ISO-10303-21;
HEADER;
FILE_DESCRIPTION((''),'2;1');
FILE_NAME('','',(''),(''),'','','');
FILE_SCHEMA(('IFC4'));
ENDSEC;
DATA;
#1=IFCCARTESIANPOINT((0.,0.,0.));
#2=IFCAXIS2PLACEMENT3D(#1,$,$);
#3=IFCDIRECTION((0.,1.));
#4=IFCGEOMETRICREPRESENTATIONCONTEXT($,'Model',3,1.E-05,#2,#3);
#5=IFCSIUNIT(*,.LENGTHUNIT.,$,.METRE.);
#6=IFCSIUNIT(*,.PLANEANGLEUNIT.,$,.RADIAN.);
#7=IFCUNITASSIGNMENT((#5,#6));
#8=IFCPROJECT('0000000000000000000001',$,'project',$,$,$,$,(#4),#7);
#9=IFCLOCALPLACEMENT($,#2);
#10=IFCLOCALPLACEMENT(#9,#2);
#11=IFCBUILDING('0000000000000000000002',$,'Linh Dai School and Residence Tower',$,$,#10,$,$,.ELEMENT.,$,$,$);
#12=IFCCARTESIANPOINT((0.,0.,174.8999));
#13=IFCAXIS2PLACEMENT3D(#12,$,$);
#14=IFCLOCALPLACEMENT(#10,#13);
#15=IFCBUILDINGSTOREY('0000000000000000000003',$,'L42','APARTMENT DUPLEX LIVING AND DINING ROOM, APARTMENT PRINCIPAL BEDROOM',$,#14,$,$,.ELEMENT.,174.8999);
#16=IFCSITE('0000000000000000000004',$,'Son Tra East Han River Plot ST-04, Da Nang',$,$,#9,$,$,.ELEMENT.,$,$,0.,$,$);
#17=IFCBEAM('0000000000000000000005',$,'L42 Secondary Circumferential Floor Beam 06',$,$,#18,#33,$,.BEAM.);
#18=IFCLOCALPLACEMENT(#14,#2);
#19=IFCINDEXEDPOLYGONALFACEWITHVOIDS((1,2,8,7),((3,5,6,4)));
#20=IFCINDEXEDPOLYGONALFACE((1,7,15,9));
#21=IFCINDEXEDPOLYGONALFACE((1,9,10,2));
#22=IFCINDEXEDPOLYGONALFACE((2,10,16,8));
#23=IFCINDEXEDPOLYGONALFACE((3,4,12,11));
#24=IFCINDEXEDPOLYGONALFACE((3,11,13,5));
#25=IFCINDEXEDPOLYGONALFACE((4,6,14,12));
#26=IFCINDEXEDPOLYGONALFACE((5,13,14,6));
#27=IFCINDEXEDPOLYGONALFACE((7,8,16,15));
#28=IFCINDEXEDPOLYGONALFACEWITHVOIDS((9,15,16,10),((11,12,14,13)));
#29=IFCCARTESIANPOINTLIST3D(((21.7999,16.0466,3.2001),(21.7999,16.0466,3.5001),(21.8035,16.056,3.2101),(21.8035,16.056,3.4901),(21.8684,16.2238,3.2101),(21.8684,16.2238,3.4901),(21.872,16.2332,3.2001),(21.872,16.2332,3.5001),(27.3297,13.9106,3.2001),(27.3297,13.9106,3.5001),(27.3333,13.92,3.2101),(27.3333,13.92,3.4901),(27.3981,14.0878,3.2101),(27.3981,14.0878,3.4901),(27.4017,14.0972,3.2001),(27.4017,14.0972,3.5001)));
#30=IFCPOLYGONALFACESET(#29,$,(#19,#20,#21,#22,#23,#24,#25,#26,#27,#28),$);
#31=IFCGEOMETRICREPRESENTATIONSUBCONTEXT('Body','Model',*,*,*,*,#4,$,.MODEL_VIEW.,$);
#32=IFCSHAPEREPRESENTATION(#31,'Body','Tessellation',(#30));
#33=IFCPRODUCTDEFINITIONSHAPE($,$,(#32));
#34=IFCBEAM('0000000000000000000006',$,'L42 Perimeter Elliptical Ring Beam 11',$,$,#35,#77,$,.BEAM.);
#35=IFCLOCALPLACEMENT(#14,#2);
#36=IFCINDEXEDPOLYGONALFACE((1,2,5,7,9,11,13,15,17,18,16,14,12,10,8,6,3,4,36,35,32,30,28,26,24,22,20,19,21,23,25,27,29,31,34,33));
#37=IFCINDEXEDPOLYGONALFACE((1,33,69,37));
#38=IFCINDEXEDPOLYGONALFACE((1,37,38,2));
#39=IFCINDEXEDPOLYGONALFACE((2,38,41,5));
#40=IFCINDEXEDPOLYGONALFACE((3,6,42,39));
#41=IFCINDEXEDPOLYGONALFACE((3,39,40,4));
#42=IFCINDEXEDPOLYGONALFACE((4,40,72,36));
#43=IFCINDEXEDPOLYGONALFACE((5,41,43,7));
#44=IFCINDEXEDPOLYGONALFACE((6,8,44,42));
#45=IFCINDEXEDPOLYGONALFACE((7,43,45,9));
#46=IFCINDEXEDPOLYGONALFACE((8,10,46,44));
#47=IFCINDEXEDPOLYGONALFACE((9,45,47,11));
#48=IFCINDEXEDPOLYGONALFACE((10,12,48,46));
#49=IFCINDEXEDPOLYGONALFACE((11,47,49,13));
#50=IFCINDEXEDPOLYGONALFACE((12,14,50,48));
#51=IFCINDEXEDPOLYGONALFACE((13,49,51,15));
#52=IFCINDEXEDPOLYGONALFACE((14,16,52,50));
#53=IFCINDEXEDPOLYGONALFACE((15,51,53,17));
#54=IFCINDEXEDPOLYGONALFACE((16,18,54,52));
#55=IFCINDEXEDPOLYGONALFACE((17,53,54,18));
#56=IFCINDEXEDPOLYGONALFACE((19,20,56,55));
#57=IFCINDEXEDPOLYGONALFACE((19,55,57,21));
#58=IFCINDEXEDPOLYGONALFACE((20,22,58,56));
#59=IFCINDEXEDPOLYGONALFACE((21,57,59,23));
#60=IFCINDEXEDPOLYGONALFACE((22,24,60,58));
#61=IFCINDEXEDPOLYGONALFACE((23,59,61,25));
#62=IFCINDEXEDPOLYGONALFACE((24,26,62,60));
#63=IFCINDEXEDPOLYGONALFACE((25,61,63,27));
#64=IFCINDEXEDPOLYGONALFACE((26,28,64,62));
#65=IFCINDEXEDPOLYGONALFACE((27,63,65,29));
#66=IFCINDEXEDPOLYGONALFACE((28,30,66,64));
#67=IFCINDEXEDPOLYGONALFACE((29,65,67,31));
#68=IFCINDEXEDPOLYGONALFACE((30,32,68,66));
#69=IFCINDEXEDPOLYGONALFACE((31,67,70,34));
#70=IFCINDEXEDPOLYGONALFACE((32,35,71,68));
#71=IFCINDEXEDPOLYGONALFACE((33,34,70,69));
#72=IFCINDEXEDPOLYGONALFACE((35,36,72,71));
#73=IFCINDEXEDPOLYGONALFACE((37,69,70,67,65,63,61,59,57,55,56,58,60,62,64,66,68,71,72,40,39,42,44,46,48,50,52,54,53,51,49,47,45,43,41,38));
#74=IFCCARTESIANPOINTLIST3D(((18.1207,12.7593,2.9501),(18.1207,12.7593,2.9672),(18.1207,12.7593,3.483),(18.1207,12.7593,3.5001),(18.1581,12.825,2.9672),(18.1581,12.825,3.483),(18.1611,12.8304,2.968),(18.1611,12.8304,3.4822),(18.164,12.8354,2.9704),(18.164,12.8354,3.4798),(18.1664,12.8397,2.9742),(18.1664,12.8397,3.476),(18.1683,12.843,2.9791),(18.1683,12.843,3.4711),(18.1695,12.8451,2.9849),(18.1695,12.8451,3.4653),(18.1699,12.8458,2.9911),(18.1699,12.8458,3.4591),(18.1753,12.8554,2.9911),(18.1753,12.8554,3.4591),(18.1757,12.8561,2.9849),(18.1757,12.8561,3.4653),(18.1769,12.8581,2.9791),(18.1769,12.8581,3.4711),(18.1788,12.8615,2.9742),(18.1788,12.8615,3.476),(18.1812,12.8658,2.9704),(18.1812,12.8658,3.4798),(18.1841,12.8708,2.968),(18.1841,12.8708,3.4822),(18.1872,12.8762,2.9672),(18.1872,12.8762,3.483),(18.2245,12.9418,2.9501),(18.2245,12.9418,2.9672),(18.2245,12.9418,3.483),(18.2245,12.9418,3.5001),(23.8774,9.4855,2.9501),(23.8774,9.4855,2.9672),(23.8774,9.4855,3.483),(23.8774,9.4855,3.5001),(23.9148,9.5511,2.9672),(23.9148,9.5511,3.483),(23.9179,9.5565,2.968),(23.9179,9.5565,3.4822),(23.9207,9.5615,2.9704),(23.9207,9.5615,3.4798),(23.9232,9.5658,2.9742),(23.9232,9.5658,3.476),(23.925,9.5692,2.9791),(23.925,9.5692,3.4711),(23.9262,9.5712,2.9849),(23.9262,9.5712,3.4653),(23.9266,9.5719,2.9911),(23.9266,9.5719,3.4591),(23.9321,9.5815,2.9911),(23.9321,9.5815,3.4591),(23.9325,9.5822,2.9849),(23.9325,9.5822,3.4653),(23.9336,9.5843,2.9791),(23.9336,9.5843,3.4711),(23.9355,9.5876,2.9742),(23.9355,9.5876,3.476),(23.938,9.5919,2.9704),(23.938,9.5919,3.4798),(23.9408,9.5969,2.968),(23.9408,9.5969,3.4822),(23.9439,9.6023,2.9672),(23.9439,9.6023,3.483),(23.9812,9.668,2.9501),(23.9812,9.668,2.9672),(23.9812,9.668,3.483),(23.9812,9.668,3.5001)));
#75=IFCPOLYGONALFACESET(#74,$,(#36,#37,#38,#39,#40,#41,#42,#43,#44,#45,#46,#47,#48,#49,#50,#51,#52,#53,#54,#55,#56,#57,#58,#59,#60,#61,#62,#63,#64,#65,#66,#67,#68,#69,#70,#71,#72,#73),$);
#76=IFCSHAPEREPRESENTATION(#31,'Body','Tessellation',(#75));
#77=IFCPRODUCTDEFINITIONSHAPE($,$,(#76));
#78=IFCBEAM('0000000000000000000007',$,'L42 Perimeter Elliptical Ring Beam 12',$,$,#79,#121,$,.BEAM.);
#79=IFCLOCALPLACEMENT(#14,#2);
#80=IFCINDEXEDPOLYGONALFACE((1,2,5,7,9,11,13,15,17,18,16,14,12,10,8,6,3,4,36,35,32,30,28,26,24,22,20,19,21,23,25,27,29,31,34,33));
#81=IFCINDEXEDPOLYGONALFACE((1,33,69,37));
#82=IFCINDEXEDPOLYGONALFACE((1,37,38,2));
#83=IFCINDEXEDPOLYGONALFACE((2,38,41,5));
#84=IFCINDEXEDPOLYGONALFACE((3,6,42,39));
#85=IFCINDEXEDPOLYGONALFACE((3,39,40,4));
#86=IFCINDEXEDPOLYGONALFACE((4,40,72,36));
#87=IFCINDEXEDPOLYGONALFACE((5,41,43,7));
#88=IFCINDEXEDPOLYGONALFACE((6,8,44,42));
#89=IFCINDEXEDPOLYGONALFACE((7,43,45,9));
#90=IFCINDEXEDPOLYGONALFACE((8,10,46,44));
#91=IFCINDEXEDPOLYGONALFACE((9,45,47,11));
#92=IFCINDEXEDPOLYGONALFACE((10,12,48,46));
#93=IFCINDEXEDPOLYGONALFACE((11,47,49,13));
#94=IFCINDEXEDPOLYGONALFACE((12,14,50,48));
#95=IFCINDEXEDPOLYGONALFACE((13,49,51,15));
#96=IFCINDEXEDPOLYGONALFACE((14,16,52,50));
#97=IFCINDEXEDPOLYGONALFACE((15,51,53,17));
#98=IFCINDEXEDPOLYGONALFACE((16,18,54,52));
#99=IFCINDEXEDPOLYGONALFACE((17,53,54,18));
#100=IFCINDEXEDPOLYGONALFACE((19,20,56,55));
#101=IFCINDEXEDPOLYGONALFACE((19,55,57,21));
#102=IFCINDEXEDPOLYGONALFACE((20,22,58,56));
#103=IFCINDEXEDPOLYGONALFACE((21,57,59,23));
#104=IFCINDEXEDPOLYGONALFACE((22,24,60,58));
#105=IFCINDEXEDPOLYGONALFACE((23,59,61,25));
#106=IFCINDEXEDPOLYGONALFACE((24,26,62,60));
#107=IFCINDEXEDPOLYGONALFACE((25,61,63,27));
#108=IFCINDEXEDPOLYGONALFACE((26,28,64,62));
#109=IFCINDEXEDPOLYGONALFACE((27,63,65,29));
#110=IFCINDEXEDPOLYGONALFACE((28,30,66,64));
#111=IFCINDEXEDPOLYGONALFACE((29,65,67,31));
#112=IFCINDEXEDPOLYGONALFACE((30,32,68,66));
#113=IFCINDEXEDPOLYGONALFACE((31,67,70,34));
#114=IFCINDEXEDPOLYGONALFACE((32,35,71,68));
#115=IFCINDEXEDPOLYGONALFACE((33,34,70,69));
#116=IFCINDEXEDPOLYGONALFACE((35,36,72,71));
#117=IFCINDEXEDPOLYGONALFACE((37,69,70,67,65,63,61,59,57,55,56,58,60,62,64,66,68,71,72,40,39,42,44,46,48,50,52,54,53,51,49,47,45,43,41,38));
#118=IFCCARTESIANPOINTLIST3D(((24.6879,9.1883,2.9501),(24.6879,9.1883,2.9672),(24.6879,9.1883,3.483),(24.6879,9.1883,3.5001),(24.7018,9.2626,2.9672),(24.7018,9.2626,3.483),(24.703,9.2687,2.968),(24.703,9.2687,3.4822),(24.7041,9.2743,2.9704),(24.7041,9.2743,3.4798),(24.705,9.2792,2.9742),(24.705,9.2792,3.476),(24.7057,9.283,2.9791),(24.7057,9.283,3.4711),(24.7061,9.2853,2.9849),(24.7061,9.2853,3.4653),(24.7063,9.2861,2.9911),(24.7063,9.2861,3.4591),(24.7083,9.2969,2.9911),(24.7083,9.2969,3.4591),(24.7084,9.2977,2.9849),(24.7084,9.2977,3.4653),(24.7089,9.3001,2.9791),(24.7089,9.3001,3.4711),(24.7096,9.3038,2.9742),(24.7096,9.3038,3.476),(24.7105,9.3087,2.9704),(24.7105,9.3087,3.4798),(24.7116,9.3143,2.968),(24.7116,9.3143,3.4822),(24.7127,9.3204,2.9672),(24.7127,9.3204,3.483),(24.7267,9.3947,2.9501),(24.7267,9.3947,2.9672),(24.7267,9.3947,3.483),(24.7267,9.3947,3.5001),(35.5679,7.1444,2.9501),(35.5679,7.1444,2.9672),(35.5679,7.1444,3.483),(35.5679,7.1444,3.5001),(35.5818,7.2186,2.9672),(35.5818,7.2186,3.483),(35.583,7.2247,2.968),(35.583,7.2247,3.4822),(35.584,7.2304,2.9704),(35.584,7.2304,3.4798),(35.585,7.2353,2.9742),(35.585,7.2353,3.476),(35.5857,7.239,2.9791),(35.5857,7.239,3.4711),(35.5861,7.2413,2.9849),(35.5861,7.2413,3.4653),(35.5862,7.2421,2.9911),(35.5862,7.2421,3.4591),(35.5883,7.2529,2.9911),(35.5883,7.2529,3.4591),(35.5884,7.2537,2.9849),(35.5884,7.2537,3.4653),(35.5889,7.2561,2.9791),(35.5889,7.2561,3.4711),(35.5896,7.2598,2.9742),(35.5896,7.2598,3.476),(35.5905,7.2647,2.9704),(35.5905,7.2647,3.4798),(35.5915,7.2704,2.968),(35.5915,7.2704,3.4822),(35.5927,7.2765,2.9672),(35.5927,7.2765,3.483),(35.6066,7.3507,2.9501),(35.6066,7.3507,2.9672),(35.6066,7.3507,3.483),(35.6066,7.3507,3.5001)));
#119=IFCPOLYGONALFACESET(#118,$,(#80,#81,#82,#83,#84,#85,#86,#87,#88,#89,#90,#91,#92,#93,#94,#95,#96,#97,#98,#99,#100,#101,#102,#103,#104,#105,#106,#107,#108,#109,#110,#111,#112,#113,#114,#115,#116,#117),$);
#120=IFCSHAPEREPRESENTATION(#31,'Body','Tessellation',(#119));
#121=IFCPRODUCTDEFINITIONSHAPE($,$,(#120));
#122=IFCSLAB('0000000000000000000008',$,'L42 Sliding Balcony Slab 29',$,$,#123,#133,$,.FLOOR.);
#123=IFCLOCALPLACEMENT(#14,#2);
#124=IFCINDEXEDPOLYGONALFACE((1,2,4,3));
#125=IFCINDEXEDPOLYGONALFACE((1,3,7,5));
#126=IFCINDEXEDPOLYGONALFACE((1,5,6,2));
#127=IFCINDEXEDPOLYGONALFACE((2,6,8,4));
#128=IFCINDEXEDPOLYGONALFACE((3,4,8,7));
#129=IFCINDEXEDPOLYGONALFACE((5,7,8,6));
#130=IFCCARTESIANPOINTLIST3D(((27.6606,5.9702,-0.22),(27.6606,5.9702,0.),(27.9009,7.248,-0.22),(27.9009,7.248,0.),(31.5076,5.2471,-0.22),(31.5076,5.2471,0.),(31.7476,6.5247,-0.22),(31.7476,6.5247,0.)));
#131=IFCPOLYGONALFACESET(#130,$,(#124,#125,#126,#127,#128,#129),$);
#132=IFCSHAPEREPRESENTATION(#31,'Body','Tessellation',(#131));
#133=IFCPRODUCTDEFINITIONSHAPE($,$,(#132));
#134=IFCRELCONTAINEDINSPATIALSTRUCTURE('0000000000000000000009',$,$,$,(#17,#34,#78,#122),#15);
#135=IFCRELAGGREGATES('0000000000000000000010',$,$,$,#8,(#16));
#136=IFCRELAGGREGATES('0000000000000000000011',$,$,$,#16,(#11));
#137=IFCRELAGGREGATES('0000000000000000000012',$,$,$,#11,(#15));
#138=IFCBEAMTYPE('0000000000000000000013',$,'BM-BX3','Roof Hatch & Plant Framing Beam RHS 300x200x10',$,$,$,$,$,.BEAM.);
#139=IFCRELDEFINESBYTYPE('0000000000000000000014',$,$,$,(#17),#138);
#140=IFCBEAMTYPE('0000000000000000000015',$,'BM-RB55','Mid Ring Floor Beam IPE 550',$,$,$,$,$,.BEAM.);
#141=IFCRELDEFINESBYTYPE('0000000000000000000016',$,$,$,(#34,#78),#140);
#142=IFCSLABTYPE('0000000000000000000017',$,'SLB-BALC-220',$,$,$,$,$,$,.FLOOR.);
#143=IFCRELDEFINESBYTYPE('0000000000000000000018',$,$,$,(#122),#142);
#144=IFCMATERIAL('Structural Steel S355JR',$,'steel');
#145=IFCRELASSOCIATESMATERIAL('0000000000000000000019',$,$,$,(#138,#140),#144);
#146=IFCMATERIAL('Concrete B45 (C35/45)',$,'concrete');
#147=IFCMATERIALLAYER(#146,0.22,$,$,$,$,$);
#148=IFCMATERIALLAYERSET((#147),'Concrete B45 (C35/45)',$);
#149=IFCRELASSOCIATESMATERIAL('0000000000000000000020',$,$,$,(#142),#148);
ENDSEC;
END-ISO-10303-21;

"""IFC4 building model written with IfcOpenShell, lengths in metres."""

from ifc_helpers import new_model, si_unit, direction, frame, origin, origin_2d, place, context, subcontext, project, spatial, polyline, hollow_rectangle, i_section, outline, extrude, material, layer, layer_set, material_profile, profile_set, type_object, element, save


model = new_model("IFC4")

# Units and contexts
model_context = context("Model", 3, precision=1e-05, world=origin(), true_north=direction((0.0, 1.0)))
body_context = subcontext(model_context, "Body", "Model", "MODEL_VIEW")
ifc_project = project(units=[si_unit("LENGTHUNIT", "METRE"), si_unit("PLANEANGLEUNIT", "RADIAN")], contexts=[model_context])

# Site, building, storey
site_placement = place(None, origin())
site = spatial("IfcSite", under=ifc_project, at=site_placement, Name="Son Tra East Han River Plot ST-04, Da Nang", CompositionType="ELEMENT", RefElevation=0.0)
building_placement = place(site_placement, origin())
building = spatial("IfcBuilding", under=site, at=building_placement, Name="Linh Dai School and Residence Tower", CompositionType="ELEMENT")
storey_placement = place(building_placement, frame((0.0, 0.0, 174.8999)))
storey = spatial("IfcBuildingStorey", under=building, at=storey_placement, Name="L42", Description="APARTMENT DUPLEX LIVING AND DINING ROOM, APARTMENT PRINCIPAL BEDROOM", CompositionType="ELEMENT", Elevation=174.8999)

# Shared definitions
ifc_material_1 = material(Name="Structural Steel S355JR", Category="steel")

# Beams
ifc_material_profile_1 = material_profile(ifc_material_1, hollow_rectangle(XDim=0.2, YDim=0.3, WallThickness=0.01, at=origin_2d()), Name="RHS 300x200x10")
ifc_profile_set_1 = profile_set([ifc_material_profile_1], Name="Structural Steel S355JR")
beam_type_1 = type_object("IfcBeamType", Name="BM-BX3", Description="Roof Hatch & Plant Framing Beam RHS 300x200x10", PredefinedType="BEAM", material=ifc_profile_set_1)
beam_1_placement = place(storey_placement, frame((21.8359, 16.1399, 3.3501), z_axis=(0.932828, -0.360323, 0.0), x_axis=(0.360323, 0.932828, 0.0)))
element("IfcBeam", 1, at=beam_1_placement, inside=storey, type_object=beam_type_1, Name="L42 Secondary Circumferential Floor Beam 06", PredefinedType="BEAM", context=body_context, shape_type="SweptSolid", body=[
    extrude(hollow_rectangle(XDim=0.2, YDim=0.3, WallThickness=0.01, at=origin_2d()), origin(), (0.0, 0.0, 1.0), 5.928),
])
ifc_material_profile_2 = material_profile(ifc_material_1, i_section(OverallWidth=0.21, OverallDepth=0.55, WebThickness=0.011, FlangeThickness=0.0171, FilletRadius=0.0239, at=origin_2d()), Name="IPE 550")
ifc_profile_set_2 = profile_set([ifc_material_profile_2], Name="Structural Steel S355JR")
beam_type_2 = type_object("IfcBeamType", Name="BM-RB55", Description="Mid Ring Floor Beam IPE 550", PredefinedType="BEAM", material=ifc_profile_set_2)
beam_2_placement = place(storey_placement, frame((18.1726, 12.8506, 3.2251), z_axis=(0.869262, -0.494351, 0.0), x_axis=(0.494351, 0.869262, 0.0)))
element("IfcBeam", 2, at=beam_2_placement, inside=storey, type_object=beam_type_2, Name="L42 Perimeter Elliptical Ring Beam 11", PredefinedType="BEAM", context=body_context, shape_type="SweptSolid", body=[
    extrude(i_section(OverallWidth=0.21, OverallDepth=0.55, WebThickness=0.011, FlangeThickness=0.0171, FilletRadius=0.0239, at=origin_2d()), origin(), (0.0, 0.0, 1.0), 6.6226),
])
beam_3_placement = place(storey_placement, frame((24.7073, 9.2915, 3.2251), z_axis=(0.982807, -0.184635, 0.0), x_axis=(0.184635, 0.982807, 0.0)))
element("IfcBeam", 3, at=beam_3_placement, inside=storey, type_object=beam_type_2, Name="L42 Perimeter Elliptical Ring Beam 12", PredefinedType="BEAM", context=body_context, shape_type="SweptSolid", body=[
    extrude(i_section(OverallWidth=0.21, OverallDepth=0.55, WebThickness=0.011, FlangeThickness=0.0171, FilletRadius=0.0239, at=origin_2d()), origin(), (0.0, 0.0, 1.0), 11.0703),
])

# Slab
ifc_material_2 = material(Name="Concrete B45 (C35/45)", Category="concrete")
ifc_layer_1 = layer(ifc_material_2, 0.22)
ifc_layer_set_1 = layer_set([ifc_layer_1], Name="Concrete B45 (C35/45)")
slab_type_1 = type_object("IfcSlabType", Name="SLB-BALC-220", PredefinedType="FLOOR", material=ifc_layer_set_1)
slab_1_placement = place(storey_placement, frame((0.0, 0.0, -0.22)))
element("IfcSlab", 4, at=slab_1_placement, inside=storey, type_object=slab_type_1, Name="L42 Sliding Balcony Slab 29", PredefinedType="FLOOR", context=body_context, shape_type="SweptSolid", body=[
    extrude(outline(polyline([(31.7476, 6.5247), (27.9009, 7.248), (27.6606, 5.9702), (31.5076, 5.2471), (31.7476, 6.5247)])), origin(), (0.0, 0.0, 1.0), 0.22),
])

save(model, "model.ifc")
